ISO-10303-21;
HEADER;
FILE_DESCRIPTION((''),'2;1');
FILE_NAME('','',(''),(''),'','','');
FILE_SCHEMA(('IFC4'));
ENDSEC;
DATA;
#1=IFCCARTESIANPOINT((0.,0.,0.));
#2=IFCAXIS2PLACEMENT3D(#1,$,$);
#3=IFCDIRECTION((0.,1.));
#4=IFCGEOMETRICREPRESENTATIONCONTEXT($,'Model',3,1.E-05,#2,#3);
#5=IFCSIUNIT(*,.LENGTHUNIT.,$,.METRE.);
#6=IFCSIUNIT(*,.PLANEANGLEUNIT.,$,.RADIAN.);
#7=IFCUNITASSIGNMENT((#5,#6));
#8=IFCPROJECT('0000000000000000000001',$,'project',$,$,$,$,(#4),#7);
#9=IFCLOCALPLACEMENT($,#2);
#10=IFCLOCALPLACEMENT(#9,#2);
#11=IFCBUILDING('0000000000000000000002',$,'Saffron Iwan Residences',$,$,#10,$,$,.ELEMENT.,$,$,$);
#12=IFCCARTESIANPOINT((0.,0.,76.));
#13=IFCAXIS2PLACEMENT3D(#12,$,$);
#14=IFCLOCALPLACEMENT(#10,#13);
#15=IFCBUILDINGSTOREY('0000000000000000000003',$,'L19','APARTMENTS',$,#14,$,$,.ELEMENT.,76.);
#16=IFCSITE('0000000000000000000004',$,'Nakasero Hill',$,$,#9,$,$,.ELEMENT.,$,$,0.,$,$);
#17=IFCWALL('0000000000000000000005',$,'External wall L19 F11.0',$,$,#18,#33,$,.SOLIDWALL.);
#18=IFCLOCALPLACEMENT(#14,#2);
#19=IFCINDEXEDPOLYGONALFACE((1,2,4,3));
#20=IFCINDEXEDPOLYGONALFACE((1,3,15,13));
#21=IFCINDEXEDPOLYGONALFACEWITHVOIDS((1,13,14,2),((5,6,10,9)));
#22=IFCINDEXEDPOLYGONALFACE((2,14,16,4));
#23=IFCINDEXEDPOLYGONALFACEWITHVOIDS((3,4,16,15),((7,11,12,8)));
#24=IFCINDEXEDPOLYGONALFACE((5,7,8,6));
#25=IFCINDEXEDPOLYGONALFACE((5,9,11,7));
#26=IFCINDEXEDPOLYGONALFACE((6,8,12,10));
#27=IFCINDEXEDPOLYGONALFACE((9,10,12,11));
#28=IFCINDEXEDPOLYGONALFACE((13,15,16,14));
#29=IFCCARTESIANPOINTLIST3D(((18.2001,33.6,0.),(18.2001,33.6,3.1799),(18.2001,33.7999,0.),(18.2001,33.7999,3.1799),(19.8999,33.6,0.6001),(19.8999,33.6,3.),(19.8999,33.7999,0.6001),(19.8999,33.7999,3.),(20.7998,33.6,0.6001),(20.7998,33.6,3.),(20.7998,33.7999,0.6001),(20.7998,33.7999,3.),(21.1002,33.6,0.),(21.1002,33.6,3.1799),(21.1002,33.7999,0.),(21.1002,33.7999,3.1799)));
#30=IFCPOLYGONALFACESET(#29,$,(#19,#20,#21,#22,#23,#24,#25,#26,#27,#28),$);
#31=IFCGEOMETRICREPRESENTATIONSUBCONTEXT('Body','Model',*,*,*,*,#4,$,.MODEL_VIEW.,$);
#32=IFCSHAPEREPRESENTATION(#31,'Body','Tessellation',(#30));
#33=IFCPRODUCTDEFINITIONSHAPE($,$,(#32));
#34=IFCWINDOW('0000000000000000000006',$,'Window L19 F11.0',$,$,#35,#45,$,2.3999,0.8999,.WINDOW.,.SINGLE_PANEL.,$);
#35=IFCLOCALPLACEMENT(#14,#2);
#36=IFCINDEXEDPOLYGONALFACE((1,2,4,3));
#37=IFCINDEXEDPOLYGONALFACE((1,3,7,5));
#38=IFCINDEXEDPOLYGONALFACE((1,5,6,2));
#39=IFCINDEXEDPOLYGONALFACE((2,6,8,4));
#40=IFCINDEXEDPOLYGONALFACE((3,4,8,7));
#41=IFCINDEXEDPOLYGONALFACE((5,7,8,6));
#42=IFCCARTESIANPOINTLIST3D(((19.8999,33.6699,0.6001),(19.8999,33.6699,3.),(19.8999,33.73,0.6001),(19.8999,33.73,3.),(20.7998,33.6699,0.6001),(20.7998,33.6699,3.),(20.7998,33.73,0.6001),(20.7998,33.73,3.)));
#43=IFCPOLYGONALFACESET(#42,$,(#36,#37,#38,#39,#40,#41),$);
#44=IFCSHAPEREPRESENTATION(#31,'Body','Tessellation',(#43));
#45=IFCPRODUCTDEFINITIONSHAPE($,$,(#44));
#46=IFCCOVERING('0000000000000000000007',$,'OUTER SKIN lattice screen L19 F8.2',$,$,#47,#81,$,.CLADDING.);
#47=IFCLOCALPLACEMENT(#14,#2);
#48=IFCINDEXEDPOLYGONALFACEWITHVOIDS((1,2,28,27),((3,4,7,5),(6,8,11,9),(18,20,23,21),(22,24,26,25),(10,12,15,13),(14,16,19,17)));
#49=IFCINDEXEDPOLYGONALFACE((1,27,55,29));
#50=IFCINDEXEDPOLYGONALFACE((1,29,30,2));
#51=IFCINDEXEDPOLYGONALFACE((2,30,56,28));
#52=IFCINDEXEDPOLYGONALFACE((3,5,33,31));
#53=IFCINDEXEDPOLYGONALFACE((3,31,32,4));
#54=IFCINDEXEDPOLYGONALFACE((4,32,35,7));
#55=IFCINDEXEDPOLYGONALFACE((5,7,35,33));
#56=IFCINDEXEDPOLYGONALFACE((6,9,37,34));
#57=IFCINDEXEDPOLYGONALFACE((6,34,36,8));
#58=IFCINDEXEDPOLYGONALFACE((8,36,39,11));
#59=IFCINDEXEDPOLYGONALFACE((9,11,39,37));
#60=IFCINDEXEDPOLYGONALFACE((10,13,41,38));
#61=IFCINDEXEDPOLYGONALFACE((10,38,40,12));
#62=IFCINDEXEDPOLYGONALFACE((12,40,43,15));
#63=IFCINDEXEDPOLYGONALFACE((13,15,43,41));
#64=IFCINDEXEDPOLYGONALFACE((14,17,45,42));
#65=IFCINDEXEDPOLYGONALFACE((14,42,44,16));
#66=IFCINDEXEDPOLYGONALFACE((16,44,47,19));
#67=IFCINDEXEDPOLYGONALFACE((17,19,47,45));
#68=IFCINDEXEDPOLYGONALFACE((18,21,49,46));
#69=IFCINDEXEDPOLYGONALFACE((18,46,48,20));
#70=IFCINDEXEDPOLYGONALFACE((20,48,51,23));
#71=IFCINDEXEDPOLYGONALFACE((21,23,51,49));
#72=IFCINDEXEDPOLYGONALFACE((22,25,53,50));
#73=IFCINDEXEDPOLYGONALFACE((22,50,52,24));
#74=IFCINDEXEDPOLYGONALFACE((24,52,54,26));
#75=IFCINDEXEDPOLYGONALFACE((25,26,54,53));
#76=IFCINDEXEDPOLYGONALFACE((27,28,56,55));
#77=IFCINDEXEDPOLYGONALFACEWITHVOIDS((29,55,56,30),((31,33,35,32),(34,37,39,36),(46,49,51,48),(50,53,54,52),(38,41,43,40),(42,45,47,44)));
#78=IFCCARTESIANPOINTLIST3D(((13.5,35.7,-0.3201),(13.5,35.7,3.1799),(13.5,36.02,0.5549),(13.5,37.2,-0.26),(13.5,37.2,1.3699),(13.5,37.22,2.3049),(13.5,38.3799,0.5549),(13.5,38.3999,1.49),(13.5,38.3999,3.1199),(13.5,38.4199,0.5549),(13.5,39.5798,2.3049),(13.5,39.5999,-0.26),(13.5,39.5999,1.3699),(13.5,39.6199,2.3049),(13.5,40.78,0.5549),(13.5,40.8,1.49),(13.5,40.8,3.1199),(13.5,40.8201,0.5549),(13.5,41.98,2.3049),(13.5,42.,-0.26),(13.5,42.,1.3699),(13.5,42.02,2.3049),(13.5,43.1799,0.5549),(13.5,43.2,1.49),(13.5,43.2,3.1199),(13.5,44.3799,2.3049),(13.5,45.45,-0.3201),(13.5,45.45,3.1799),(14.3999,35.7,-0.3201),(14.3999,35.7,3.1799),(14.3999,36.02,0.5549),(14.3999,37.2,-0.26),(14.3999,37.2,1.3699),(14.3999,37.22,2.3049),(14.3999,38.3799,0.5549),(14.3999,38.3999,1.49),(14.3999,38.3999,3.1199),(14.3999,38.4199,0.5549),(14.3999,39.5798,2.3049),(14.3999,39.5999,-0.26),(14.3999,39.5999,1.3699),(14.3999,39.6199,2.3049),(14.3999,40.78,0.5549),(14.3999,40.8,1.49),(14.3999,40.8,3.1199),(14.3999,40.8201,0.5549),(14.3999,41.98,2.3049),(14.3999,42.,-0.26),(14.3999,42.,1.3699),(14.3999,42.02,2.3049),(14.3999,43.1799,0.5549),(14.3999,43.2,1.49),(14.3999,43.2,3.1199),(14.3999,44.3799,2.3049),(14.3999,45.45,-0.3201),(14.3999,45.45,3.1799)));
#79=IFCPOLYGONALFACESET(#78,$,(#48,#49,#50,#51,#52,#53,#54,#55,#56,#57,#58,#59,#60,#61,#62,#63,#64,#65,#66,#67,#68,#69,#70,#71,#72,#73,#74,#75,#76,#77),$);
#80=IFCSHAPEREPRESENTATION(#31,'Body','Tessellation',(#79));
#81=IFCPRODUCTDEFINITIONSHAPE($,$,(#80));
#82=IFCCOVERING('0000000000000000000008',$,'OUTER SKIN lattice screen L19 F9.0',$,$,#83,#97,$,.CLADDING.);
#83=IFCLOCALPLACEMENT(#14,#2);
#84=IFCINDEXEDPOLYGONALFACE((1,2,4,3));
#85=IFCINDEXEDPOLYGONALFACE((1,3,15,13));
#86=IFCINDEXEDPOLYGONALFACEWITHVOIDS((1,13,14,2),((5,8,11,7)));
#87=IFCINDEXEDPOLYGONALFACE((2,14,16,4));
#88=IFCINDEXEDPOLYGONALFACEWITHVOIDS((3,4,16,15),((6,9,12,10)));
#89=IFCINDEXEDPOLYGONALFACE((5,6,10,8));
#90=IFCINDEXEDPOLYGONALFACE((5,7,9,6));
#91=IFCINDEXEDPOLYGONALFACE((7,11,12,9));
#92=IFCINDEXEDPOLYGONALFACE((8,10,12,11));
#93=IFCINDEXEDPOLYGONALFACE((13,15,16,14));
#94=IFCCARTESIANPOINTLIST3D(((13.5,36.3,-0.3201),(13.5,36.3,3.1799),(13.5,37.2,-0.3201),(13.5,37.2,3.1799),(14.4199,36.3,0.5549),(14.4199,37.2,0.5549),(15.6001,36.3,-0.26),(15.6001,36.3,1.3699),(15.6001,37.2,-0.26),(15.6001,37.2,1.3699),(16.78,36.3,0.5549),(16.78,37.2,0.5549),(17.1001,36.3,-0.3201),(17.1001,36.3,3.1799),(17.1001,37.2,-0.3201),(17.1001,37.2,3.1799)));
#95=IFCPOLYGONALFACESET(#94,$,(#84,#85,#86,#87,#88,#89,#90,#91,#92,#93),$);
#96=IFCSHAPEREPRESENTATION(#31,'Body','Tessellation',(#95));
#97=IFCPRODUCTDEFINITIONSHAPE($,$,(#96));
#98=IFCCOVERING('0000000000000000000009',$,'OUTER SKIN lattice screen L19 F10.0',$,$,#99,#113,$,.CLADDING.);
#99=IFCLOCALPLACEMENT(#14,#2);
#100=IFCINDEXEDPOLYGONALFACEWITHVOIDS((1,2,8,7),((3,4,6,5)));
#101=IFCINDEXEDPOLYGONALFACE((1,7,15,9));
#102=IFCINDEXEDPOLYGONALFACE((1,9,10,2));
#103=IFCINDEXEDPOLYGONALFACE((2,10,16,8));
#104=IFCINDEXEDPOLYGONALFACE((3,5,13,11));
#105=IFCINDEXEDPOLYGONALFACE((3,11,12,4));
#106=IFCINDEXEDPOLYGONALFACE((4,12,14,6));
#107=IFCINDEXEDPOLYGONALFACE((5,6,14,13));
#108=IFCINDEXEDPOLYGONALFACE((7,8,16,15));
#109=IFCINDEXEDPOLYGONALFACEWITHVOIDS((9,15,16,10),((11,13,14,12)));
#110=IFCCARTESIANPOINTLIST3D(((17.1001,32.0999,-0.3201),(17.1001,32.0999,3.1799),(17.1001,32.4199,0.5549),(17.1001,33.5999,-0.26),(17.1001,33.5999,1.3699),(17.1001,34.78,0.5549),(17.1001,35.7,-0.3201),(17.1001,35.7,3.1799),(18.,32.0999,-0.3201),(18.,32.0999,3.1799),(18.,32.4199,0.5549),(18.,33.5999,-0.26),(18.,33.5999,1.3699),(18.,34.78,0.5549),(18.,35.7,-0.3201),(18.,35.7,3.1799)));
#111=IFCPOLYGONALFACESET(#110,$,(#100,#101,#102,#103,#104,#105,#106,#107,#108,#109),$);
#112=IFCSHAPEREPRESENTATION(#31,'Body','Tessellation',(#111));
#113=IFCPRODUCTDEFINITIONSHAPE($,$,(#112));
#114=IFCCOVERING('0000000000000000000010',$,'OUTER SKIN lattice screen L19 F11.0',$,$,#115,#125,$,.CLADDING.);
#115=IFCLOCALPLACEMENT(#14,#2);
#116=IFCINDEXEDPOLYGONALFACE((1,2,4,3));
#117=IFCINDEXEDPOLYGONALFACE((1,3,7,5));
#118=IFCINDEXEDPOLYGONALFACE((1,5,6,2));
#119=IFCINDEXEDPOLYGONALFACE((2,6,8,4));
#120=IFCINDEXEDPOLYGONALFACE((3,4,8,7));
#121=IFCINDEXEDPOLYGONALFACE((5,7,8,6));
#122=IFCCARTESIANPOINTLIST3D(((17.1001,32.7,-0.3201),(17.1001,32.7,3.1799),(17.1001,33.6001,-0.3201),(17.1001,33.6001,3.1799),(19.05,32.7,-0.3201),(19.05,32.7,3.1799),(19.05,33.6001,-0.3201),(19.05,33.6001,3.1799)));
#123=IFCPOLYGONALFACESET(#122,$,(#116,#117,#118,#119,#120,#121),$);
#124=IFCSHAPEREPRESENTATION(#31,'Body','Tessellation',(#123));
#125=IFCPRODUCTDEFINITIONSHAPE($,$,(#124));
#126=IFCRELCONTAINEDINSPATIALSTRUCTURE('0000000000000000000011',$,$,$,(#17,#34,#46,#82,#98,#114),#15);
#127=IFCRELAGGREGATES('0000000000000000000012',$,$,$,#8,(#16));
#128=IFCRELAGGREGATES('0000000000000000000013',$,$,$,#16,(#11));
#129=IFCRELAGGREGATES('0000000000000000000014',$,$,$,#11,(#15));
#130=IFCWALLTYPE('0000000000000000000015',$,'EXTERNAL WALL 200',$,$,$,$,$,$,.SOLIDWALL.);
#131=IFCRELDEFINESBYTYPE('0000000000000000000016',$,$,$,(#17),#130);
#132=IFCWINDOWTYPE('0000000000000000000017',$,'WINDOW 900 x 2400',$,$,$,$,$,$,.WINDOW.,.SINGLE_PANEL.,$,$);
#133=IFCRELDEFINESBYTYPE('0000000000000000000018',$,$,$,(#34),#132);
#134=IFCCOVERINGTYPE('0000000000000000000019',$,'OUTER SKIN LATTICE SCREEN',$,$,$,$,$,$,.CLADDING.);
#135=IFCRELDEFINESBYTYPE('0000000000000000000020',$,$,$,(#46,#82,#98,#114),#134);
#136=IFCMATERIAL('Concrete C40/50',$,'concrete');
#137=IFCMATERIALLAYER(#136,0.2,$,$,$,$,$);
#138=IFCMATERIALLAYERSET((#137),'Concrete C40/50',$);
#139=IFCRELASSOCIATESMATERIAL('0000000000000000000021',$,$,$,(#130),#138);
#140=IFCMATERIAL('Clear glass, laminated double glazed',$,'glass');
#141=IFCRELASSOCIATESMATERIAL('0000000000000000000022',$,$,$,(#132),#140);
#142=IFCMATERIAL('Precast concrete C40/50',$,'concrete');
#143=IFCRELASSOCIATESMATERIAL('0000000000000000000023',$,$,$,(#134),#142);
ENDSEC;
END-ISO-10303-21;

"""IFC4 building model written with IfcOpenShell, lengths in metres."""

from ifc_helpers import new_model, si_unit, direction, frame, frame_2d, origin, place, context, subcontext, project, spatial, polyline, rectangle, outline, extrude, material, layer, layer_set, type_object, element, fill, save


model = new_model("IFC4")

# Units and contexts
model_context = context("Model", 3, precision=1e-05, world=origin(), true_north=direction((0.0, 1.0)))
body_context = subcontext(model_context, "Body", "Model", "MODEL_VIEW")
ifc_project = project(units=[si_unit("LENGTHUNIT", "METRE"), si_unit("PLANEANGLEUNIT", "RADIAN")], contexts=[model_context])

# Site, building, storey
site_placement = place(None, origin())
site = spatial("IfcSite", under=ifc_project, at=site_placement, Name="Nakasero Hill", CompositionType="ELEMENT", RefElevation=0.0)
building_placement = place(site_placement, origin())
building = spatial("IfcBuilding", under=site, at=building_placement, Name="Saffron Iwan Residences", CompositionType="ELEMENT")
storey_placement = place(building_placement, frame((0.0, 0.0, 76.0)))
storey = spatial("IfcBuildingStorey", under=building, at=storey_placement, Name="L19", Description="APARTMENTS", CompositionType="ELEMENT", Elevation=76.0)

# Wall, opening, window
ifc_material_1 = material(Name="Concrete C40/50", Category="concrete")
ifc_layer_1 = layer(ifc_material_1, 0.2)
ifc_layer_set_1 = layer_set([ifc_layer_1], Name="Concrete C40/50")
wall_type_1 = type_object("IfcWallType", Name="EXTERNAL WALL 200", PredefinedType="SOLIDWALL", material=ifc_layer_set_1)
ifc_material_2 = material(Name="Clear glass, laminated double glazed", Category="glass")
wall_1_placement = place(storey_placement, frame((18.2, 33.7, 0.0), z_axis=(0.0, 0.0, 1.0), x_axis=(1.0, 0.0, 0.0)))
wall_1 = element("IfcWall", 1, at=wall_1_placement, inside=storey, type_object=wall_type_1, Name="External wall L19 F11.0", PredefinedType="SOLIDWALL", context=body_context, shape_type="SweptSolid", body=[
    extrude(rectangle(XDim=2.9001, YDim=0.2, at=frame_2d((1.4502, 0.0))), origin(), (0.0, 0.0, 1.0), 3.1799),
])
opening_1_placement = place(wall_1_placement, frame((1.7, 0.0, 0.6001)))
opening_1 = element("IfcOpeningElement", 2, at=opening_1_placement, cuts=wall_1, PredefinedType="OPENING", context=body_context, shape_type="SweptSolid", body=[
    extrude(rectangle(XDim=0.8999, YDim=2.3999, at=frame_2d((0.45, 1.2))), frame((0.0, 0.1099, 0.0), z_axis=(0.0, -1.0, 0.0), x_axis=(1.0, 0.0, 0.0)), (0.0, 0.0, 1.0), 0.22),
])
window_type_1 = type_object("IfcWindowType", Name="WINDOW 900 x 2400", PartitioningType="SINGLE_PANEL", PredefinedType="WINDOW", material=ifc_material_2)
window_1_placement = place(opening_1_placement, origin())
window_1 = element("IfcWindow", 3, at=window_1_placement, inside=storey, type_object=window_type_1, Name="Window L19 F11.0", OverallHeight=2.3999, OverallWidth=0.8999, PartitioningType="SINGLE_PANEL", PredefinedType="WINDOW", context=body_context, shape_type="SweptSolid", body=[
    extrude(rectangle(XDim=0.8999, YDim=2.3999, at=frame_2d((0.45, 1.2))), frame((0.0, 0.03, 0.0), z_axis=(0.0, -1.0, 0.0), x_axis=(1.0, 0.0, 0.0)), (0.0, 0.0, 1.0), 0.0601),
])
fill(opening_1, window_1)

# Coverings
ifc_material_3 = material(Name="Precast concrete C40/50", Category="concrete")
covering_type = type_object("IfcCoveringType", Name="OUTER SKIN LATTICE SCREEN", PredefinedType="CLADDING", material=ifc_material_3)
covering_1_placement = place(storey_placement, frame((14.3999, 45.45, -0.3201), z_axis=(-1.0, 0.0, 0.0), x_axis=(0.0, -1.0, 0.0)))
element("IfcCovering", 4, at=covering_1_placement, inside=storey, type_object=covering_type, Name="OUTER SKIN lattice screen L19 F8.2", PredefinedType="CLADDING", context=body_context, shape_type="SweptSolid", body=[
    extrude(outline(polyline([(0.0, 0.0), (9.75, 0.0), (9.75, 3.5), (0.0, 3.5), (0.0, 0.0)]), holes=[polyline([(2.27, 0.875), (3.45, 0.0601), (4.6299, 0.875), (3.45, 1.6899), (2.27, 0.875)]), polyline([(4.6699, 0.875), (5.8501, 0.0601), (7.03, 0.875), (5.8501, 1.6899), (4.6699, 0.875)]), polyline([(7.0701, 0.875), (8.25, 0.0601), (9.4299, 0.875), (8.25, 1.6899), (7.0701, 0.875)]), polyline([(1.0701, 2.625), (2.25, 1.8101), (3.4299, 2.625), (2.25, 3.4399), (1.0701, 2.625)]), polyline([(3.47, 2.625), (4.6499, 1.8101), (5.8301, 2.625), (4.6499, 3.4399), (3.47, 2.625)]), polyline([(5.8701, 2.625), (7.05, 1.8101), (8.23, 2.625), (7.05, 3.4399), (5.8701, 2.625)])]), origin(), (0.0, 0.0, 1.0), 0.8999),
])
for number, where, z_axis, x_axis, name in (
    (5, (13.5, 37.2, -0.3201), (0.0, -1.0, 0.0), (1.0, 0.0, 0.0), "OUTER SKIN lattice screen L19 F9.0"),
    (6, (18.0, 35.7, -0.3201), (-1.0, 0.0, 0.0), (0.0, -1.0, 0.0), "OUTER SKIN lattice screen L19 F10.0"),
):
    element("IfcCovering", number, at=place(storey_placement, frame(where, z_axis=z_axis, x_axis=x_axis)), inside=storey, type_object=covering_type, Name=name, PredefinedType="CLADDING", context=body_context, shape_type="SweptSolid", body=[
        extrude(outline(polyline([(0.0, 0.0), (3.6001, 0.0), (3.6001, 3.5), (0.0, 3.5), (0.0, 0.0)]), holes=[polyline([(0.9199, 0.875), (2.1001, 0.0601), (3.28, 0.875), (2.1001, 1.6899), (0.9199, 0.875)])]), origin(), (0.0, 0.0, 1.0), 0.8999),
    ])
covering_2_placement = place(storey_placement, frame((17.1001, 33.6001, -0.3201), z_axis=(0.0, -1.0, 0.0), x_axis=(1.0, 0.0, 0.0)))
element("IfcCovering", 7, at=covering_2_placement, inside=storey, type_object=covering_type, Name="OUTER SKIN lattice screen L19 F11.0", PredefinedType="CLADDING", context=body_context, shape_type="SweptSolid", body=[
    extrude(outline(polyline([(0.0, 0.0), (1.95, 0.0), (1.95, 3.5), (0.0, 3.5), (0.0, 0.0)])), origin(), (0.0, 0.0, 1.0), 0.9001),
])

save(model, "model.ifc")
